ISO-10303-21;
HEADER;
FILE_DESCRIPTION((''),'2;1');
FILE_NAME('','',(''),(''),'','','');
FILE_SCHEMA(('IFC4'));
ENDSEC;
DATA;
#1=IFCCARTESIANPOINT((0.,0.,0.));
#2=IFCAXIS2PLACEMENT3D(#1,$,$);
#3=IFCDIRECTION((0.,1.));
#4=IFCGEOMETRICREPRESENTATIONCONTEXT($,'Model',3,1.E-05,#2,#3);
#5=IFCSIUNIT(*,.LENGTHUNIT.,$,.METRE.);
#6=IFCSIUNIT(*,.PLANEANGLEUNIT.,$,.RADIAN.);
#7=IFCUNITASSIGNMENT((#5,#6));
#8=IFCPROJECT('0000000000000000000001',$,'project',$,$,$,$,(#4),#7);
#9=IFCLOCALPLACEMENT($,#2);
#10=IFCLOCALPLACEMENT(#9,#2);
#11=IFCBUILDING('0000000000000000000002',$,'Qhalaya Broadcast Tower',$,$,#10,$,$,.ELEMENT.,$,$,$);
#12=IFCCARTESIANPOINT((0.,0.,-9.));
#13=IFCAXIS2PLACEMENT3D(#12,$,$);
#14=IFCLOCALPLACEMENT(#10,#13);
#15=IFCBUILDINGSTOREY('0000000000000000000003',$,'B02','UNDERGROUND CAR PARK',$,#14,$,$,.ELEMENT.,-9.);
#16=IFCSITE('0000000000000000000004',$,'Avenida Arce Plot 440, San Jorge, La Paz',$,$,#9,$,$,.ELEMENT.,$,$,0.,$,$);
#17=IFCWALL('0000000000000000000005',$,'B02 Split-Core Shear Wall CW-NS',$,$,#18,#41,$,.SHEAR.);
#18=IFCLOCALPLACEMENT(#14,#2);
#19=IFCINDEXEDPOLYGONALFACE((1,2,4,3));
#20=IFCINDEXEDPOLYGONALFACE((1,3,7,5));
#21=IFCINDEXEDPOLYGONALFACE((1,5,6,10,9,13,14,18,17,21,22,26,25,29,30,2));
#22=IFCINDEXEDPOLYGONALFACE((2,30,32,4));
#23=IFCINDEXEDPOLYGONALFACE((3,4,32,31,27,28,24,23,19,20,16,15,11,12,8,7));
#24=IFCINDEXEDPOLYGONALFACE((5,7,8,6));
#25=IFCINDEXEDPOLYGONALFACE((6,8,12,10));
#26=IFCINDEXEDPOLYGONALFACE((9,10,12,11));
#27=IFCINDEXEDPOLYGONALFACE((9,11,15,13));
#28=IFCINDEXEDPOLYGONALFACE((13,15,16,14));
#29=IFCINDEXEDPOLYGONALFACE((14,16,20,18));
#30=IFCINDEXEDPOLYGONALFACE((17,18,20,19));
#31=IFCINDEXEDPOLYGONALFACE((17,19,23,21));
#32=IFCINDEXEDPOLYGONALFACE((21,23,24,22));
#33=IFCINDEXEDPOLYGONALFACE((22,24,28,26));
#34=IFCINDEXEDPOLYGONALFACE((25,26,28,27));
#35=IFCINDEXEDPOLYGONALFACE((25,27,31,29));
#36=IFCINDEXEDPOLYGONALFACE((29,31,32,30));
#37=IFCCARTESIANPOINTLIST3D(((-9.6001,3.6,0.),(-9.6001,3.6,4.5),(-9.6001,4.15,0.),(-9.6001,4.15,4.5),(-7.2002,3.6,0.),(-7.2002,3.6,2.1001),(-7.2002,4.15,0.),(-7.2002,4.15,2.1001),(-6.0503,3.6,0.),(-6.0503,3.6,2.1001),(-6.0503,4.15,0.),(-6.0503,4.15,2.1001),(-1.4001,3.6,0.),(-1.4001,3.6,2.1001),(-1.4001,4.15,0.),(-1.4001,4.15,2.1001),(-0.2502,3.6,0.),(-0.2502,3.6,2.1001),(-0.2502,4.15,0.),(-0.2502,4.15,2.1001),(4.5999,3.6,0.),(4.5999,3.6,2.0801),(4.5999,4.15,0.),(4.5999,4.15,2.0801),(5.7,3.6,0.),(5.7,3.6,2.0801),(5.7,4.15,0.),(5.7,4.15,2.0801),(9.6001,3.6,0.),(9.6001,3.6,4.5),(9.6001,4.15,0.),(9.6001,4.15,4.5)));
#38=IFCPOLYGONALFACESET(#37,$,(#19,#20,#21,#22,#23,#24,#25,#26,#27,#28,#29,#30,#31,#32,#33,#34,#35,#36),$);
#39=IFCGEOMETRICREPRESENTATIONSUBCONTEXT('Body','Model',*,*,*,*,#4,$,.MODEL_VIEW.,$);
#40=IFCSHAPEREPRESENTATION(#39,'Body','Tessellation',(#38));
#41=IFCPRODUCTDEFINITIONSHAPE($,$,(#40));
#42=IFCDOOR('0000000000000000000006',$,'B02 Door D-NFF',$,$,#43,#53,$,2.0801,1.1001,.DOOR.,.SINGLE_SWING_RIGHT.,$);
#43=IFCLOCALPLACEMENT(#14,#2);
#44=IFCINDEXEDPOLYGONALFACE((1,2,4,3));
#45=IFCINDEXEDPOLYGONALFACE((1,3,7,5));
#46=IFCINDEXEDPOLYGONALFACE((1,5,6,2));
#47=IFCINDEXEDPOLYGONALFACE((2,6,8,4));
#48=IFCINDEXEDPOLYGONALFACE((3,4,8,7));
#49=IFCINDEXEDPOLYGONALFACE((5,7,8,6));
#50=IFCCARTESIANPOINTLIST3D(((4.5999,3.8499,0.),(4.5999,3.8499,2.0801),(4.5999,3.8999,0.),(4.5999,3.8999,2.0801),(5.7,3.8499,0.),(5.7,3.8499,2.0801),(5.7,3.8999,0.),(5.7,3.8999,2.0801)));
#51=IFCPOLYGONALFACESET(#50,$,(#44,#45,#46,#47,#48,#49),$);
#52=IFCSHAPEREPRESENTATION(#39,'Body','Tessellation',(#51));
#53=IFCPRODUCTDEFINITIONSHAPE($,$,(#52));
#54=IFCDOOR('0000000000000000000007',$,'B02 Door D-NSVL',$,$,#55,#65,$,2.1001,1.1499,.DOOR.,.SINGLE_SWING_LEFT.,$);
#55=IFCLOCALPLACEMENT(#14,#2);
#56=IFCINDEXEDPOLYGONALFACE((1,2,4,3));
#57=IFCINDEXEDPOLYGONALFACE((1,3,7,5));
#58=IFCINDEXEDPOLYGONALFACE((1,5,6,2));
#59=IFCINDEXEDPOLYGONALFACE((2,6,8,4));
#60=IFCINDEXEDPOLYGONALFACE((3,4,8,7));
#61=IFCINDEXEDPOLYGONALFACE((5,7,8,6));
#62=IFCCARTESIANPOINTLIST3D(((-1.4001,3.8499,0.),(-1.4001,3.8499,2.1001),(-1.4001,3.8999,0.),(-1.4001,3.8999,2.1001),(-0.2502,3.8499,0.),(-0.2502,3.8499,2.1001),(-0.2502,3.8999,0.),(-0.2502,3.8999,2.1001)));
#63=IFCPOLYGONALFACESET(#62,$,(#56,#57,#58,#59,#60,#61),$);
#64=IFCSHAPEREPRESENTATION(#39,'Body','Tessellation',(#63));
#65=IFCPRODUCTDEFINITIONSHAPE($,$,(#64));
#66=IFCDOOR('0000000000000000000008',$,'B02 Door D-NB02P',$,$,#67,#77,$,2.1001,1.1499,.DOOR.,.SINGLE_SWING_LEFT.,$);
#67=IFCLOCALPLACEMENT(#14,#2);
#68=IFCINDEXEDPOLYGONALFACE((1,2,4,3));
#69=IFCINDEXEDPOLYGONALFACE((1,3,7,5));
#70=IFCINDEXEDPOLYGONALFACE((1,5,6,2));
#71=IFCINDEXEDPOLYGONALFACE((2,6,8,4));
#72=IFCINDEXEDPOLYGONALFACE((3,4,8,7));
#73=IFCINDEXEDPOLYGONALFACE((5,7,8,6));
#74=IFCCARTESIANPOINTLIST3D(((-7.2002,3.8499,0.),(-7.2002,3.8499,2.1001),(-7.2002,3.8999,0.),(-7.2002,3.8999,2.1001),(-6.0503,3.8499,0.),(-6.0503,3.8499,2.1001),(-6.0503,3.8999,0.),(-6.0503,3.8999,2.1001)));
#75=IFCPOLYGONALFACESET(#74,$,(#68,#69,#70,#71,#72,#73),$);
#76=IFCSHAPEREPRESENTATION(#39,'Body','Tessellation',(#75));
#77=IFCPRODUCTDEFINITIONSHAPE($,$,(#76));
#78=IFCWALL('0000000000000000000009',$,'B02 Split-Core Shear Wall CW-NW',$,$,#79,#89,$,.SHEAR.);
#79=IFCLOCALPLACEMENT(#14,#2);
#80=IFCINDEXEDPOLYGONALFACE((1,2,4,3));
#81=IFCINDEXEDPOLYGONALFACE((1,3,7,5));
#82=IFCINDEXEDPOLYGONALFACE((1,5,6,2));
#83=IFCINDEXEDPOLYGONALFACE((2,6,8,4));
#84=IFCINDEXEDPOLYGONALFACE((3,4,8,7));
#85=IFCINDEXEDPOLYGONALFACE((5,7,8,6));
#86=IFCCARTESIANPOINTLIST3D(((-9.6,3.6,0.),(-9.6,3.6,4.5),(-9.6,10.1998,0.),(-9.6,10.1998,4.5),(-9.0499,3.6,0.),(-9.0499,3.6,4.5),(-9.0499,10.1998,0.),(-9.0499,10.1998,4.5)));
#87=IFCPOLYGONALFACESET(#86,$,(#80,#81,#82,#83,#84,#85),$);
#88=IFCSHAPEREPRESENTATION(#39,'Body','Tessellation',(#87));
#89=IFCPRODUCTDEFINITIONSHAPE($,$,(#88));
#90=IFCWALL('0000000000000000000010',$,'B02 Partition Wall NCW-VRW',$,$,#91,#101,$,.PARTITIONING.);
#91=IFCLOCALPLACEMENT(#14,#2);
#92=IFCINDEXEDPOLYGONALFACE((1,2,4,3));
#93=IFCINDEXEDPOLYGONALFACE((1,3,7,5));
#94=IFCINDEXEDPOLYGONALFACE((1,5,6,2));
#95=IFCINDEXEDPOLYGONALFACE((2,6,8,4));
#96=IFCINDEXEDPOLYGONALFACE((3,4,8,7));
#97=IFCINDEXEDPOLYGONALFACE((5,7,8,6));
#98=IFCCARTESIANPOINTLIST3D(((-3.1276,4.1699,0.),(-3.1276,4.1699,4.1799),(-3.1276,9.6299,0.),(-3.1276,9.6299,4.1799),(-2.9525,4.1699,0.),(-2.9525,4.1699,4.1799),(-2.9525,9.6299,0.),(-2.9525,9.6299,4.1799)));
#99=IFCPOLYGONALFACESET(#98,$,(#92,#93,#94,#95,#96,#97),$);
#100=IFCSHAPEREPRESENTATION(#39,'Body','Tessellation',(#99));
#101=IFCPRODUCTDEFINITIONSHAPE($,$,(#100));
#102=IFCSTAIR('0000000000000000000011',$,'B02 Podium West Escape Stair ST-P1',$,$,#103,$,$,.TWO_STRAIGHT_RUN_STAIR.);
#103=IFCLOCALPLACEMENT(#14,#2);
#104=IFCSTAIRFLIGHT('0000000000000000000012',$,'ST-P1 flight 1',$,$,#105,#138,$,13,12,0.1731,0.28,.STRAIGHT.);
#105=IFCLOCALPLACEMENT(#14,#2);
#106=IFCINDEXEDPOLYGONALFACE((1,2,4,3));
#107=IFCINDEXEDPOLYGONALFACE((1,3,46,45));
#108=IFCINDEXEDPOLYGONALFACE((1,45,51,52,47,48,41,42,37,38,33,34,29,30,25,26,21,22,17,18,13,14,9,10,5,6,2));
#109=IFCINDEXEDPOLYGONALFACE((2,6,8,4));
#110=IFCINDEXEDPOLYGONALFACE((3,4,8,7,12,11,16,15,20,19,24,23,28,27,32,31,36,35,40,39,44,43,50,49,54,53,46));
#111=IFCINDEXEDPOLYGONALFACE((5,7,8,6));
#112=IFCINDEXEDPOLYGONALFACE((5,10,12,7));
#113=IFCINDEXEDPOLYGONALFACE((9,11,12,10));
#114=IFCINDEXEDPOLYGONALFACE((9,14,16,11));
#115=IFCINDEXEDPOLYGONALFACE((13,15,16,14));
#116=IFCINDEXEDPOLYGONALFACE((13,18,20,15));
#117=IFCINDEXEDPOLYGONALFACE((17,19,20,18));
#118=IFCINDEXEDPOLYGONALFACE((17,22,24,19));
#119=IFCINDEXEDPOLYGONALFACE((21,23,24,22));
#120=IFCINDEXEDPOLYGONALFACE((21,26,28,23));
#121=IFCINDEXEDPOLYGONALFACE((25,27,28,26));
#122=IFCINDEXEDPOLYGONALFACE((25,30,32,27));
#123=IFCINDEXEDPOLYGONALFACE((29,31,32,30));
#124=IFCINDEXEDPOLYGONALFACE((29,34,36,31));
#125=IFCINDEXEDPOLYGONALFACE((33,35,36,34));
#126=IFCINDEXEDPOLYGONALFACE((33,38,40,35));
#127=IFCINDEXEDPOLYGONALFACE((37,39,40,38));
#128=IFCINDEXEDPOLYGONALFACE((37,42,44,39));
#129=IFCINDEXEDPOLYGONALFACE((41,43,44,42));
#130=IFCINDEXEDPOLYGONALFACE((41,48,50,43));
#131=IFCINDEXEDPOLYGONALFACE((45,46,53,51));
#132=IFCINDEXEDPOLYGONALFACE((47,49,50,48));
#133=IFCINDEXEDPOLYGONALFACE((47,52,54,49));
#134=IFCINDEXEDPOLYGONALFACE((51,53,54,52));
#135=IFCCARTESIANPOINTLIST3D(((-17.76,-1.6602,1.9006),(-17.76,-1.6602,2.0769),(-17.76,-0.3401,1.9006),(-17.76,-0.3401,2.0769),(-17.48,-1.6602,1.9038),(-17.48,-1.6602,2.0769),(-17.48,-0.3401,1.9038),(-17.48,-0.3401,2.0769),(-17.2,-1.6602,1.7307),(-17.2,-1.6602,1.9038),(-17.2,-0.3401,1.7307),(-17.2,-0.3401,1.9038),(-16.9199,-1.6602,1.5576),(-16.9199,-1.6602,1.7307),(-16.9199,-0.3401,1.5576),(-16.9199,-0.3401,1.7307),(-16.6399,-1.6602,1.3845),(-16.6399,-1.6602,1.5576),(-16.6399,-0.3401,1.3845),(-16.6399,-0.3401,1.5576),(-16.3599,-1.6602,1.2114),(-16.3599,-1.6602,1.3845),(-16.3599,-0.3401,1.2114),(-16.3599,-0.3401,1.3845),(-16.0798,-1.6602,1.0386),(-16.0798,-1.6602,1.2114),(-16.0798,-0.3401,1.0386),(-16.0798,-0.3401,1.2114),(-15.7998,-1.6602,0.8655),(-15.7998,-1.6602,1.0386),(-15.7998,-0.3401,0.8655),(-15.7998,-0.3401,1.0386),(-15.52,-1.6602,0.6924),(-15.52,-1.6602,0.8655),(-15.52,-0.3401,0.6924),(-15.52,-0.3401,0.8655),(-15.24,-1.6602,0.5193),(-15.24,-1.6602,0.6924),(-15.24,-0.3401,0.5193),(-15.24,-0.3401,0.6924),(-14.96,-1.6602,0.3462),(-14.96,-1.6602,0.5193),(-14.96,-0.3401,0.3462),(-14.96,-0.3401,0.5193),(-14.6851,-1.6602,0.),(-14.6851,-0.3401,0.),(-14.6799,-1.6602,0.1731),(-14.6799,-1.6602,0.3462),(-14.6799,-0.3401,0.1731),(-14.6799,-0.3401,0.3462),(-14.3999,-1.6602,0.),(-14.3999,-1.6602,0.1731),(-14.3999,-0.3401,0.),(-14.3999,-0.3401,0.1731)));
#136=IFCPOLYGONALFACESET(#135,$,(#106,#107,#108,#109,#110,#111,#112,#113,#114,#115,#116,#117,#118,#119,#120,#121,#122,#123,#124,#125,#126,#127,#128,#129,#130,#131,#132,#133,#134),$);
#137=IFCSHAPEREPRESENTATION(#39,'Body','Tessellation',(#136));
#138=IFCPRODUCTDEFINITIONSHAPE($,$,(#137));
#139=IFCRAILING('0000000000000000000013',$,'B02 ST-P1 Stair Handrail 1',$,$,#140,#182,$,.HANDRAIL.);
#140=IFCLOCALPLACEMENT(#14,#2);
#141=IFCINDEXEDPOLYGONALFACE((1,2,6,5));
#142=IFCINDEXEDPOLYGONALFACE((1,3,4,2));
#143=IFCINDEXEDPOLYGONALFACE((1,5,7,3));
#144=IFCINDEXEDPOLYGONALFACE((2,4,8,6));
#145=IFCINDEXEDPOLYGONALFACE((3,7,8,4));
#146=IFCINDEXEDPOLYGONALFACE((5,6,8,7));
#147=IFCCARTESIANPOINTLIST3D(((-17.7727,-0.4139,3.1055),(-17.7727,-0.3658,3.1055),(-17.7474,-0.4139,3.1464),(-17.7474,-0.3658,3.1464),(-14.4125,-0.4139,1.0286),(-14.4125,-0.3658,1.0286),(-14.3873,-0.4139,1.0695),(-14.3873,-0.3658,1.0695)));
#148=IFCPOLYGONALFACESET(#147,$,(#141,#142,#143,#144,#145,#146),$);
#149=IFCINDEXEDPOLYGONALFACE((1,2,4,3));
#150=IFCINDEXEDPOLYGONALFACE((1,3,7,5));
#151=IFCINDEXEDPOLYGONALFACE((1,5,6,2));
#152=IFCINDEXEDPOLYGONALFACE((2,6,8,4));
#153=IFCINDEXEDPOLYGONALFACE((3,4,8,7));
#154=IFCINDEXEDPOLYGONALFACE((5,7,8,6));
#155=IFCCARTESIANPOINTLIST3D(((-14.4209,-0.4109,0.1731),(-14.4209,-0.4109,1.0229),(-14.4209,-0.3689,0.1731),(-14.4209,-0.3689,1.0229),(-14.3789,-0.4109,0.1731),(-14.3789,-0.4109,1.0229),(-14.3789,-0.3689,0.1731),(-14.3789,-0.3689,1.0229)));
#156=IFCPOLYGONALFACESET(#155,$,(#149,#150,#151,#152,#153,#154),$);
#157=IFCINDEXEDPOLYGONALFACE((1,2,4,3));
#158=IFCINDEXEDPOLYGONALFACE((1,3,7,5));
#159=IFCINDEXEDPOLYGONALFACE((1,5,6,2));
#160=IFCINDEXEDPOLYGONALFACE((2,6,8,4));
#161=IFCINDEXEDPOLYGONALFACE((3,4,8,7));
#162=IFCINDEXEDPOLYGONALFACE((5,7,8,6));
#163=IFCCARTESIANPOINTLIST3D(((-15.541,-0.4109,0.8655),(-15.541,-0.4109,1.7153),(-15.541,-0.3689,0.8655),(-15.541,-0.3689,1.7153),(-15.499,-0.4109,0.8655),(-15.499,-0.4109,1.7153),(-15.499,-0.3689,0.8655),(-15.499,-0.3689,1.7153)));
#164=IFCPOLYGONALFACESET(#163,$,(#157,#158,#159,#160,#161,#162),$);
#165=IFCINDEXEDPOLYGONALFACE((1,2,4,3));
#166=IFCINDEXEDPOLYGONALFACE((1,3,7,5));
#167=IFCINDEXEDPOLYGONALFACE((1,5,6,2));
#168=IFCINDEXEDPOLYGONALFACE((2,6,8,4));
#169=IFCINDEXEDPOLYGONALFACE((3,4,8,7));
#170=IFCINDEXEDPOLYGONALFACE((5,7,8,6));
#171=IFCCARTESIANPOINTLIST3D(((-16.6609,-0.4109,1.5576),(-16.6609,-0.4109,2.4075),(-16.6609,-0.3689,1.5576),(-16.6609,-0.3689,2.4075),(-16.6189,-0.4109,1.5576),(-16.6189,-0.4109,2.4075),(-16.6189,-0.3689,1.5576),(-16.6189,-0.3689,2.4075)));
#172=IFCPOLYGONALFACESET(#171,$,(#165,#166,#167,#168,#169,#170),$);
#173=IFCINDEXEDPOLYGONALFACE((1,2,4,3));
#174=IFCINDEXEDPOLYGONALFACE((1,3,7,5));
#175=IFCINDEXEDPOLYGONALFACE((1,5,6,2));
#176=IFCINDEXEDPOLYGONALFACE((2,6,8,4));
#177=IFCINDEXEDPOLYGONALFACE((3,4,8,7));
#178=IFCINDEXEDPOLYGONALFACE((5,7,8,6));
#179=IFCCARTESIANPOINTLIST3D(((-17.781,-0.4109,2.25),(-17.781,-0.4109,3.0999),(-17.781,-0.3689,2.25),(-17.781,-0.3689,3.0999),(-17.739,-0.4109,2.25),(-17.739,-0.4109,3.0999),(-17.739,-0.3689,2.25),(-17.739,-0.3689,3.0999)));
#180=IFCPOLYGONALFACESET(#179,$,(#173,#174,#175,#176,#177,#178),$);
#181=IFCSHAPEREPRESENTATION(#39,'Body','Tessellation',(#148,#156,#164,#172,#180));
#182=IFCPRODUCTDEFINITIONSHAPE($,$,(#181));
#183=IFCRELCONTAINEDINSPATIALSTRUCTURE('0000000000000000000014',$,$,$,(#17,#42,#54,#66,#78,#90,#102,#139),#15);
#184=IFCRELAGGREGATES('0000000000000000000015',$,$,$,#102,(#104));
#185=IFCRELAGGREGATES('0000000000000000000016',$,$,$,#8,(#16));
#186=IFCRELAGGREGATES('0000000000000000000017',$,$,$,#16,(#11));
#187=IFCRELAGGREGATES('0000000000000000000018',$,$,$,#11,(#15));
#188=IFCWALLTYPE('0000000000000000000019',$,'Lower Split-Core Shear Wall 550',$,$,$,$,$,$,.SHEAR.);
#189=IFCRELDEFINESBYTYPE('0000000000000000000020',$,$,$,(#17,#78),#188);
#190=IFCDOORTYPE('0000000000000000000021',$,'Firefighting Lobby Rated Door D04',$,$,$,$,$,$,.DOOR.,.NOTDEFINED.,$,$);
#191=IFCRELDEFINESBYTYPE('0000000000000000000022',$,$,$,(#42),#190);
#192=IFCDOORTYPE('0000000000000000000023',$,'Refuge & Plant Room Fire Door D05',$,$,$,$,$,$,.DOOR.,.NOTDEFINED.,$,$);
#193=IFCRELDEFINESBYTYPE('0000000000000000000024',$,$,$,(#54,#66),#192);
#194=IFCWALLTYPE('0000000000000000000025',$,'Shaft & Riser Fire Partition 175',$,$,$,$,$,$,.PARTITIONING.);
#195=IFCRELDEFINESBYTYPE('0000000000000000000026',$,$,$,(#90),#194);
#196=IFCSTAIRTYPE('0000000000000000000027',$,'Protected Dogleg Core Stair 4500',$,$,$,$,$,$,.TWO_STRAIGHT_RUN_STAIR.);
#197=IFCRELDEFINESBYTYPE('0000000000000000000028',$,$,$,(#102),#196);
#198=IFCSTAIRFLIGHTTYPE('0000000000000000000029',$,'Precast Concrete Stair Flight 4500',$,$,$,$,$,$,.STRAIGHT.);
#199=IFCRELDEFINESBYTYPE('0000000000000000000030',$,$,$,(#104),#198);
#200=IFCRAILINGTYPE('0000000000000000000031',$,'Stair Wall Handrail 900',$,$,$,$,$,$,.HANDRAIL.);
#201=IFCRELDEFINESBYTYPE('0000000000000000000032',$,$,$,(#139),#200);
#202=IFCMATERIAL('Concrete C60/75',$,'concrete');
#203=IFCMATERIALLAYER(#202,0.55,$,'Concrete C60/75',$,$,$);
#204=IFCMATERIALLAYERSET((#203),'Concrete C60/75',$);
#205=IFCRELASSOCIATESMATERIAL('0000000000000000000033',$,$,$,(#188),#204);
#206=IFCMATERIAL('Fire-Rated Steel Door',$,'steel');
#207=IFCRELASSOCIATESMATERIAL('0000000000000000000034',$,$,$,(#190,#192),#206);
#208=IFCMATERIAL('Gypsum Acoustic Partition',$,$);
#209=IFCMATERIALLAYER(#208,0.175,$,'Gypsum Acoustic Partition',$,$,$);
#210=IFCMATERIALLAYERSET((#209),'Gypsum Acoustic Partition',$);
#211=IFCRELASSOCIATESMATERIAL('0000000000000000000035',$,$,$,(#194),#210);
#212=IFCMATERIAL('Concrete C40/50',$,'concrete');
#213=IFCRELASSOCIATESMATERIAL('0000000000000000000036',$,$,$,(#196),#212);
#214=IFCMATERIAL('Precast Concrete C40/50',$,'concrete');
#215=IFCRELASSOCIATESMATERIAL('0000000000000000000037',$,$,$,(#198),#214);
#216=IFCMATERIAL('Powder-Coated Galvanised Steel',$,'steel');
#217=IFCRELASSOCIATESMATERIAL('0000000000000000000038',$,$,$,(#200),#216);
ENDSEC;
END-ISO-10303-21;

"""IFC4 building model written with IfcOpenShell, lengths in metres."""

from ifc_helpers import new_model, si_unit, direction, frame, frame_2d, origin, origin_2d, place, context, subcontext, project, spatial, polyline, rectangle, outline, extrude, material, layer, layer_set, type_object, element, fill, aggregate, save


model = new_model("IFC4")

# Units and contexts
model_context = context("Model", 3, precision=1e-05, world=origin(), true_north=direction((0.0, 1.0)))
body_context = subcontext(model_context, "Body", "Model", "MODEL_VIEW")
ifc_project = project(units=[si_unit("LENGTHUNIT", "METRE"), si_unit("PLANEANGLEUNIT", "RADIAN")], contexts=[model_context])

# Site, building, storey
site_placement = place(None, origin())
site = spatial("IfcSite", under=ifc_project, at=site_placement, Name="Avenida Arce Plot 440, San Jorge, La Paz", CompositionType="ELEMENT", RefElevation=0.0)
building_placement = place(site_placement, origin())
building = spatial("IfcBuilding", under=site, at=building_placement, Name="Qhalaya Broadcast Tower", CompositionType="ELEMENT")
storey_placement = place(building_placement, frame((0.0, 0.0, -9.0)))
storey = spatial("IfcBuildingStorey", under=building, at=storey_placement, Name="B02", Description="UNDERGROUND CAR PARK", CompositionType="ELEMENT", Elevation=-9.0)

# Shared definitions
ifc_material_1 = material(Name="Concrete C60/75", Category="concrete")

# Shared definitions
ifc_material_2 = material(Name="Gypsum Acoustic Partition")
ifc_material_3 = material(Name="Fire-Rated Steel Door", Category="steel")

# Wall, openings, doors
ifc_layer_1 = layer(ifc_material_1, 0.55, Name="Concrete C60/75")
ifc_layer_set_1 = layer_set([ifc_layer_1], Name="Concrete C60/75")
wall_type_1 = type_object("IfcWallType", Name="Lower Split-Core Shear Wall 550", PredefinedType="SHEAR", material=ifc_layer_set_1)
wall_1_placement = place(storey_placement, frame((-9.6001, 3.875, 0.0), z_axis=(0.0, 0.0, 1.0), x_axis=(1.0, 0.0, 0.0)))
wall_1 = element("IfcWall", 1, at=wall_1_placement, inside=storey, type_object=wall_type_1, Name="B02 Split-Core Shear Wall CW-NS", PredefinedType="SHEAR", context=body_context, shape_type="SweptSolid", body=[
    extrude(rectangle(XDim=19.2002, YDim=0.55, at=frame_2d((9.6001, 0.0))), origin(), (0.0, 0.0, 1.0), 4.5),
])
opening_1_placement = place(wall_1_placement, frame((14.2, 0.0, 0.0)))
opening_1 = element("IfcOpeningElement", 2, at=opening_1_placement, cuts=wall_1, PredefinedType="OPENING", context=body_context, shape_type="SweptSolid", body=[
    extrude(rectangle(XDim=1.1001, YDim=2.0801, at=frame_2d((0.55, 1.04))), frame((0.0, 0.2871, 0.0), z_axis=(0.0, -1.0, 0.0), x_axis=(1.0, 0.0, 0.0)), (0.0, 0.0, 1.0), 0.574),
])
opening_2_placement = place(wall_1_placement, frame((8.2, 0.0, 0.0)))
opening_2 = element("IfcOpeningElement", 3, at=opening_2_placement, cuts=wall_1, PredefinedType="OPENING", context=body_context, shape_type="SweptSolid", body=[
    extrude(rectangle(XDim=1.1499, YDim=2.1001, at=frame_2d((0.575, 1.05))), frame((0.0, 0.2871, 0.0), z_axis=(0.0, -1.0, 0.0), x_axis=(1.0, 0.0, 0.0)), (0.0, 0.0, 1.0), 0.574),
])
opening_3_placement = place(wall_1_placement, frame((2.3999, 0.0, 0.0)))
opening_3 = element("IfcOpeningElement", 4, at=opening_3_placement, cuts=wall_1, PredefinedType="OPENING", context=body_context, shape_type="SweptSolid", body=[
    extrude(rectangle(XDim=1.1499, YDim=2.1001, at=frame_2d((0.575, 1.05))), frame((0.0, 0.2871, 0.0), z_axis=(0.0, -1.0, 0.0), x_axis=(1.0, 0.0, 0.0)), (0.0, 0.0, 1.0), 0.574),
])
door_type_1 = type_object("IfcDoorType", Name="Firefighting Lobby Rated Door D04", OperationType="NOTDEFINED", PredefinedType="DOOR", material=ifc_material_3)
door_1_placement = place(opening_1_placement, origin())
door_1 = element("IfcDoor", 5, at=door_1_placement, inside=storey, type_object=door_type_1, Name="B02 Door D-NFF", OperationType="SINGLE_SWING_RIGHT", OverallHeight=2.0801, OverallWidth=1.1001, PredefinedType="DOOR", context=body_context, shape_type="SweptSolid", body=[
    extrude(rectangle(XDim=1.1001, YDim=2.0801, at=frame_2d((0.55, 1.04))), frame((0.0, 0.0249, 0.0), z_axis=(0.0, -1.0, 0.0), x_axis=(1.0, 0.0, 0.0)), (0.0, 0.0, 1.0), 0.05),
])
fill(opening_1, door_1)
door_type_2 = type_object("IfcDoorType", Name="Refuge & Plant Room Fire Door D05", OperationType="NOTDEFINED", PredefinedType="DOOR", material=ifc_material_3)
door_2_placement = place(opening_2_placement, origin())
door_2 = element("IfcDoor", 6, at=door_2_placement, inside=storey, type_object=door_type_2, Name="B02 Door D-NSVL", OperationType="SINGLE_SWING_LEFT", OverallHeight=2.1001, OverallWidth=1.1499, PredefinedType="DOOR", context=body_context, shape_type="SweptSolid", body=[
    extrude(rectangle(XDim=1.1499, YDim=2.1001, at=frame_2d((0.575, 1.05))), frame((0.0, 0.0249, 0.0), z_axis=(0.0, -1.0, 0.0), x_axis=(1.0, 0.0, 0.0)), (0.0, 0.0, 1.0), 0.05),
])
fill(opening_2, door_2)
door_3_placement = place(opening_3_placement, origin())
door_3 = element("IfcDoor", 7, at=door_3_placement, inside=storey, type_object=door_type_2, Name="B02 Door D-NB02P", OperationType="SINGLE_SWING_LEFT", OverallHeight=2.1001, OverallWidth=1.1499, PredefinedType="DOOR", context=body_context, shape_type="SweptSolid", body=[
    extrude(rectangle(XDim=1.1499, YDim=2.1001, at=frame_2d((0.575, 1.05))), frame((0.0, 0.0249, 0.0), z_axis=(0.0, -1.0, 0.0), x_axis=(1.0, 0.0, 0.0)), (0.0, 0.0, 1.0), 0.05),
])
fill(opening_3, door_3)

# Walls
wall_2_placement = place(storey_placement, frame((-9.325, 3.6001, 0.0), z_axis=(0.0, 0.0, 1.0), x_axis=(0.0, 1.0, 0.0)))
element("IfcWall", 8, at=wall_2_placement, inside=storey, type_object=wall_type_1, Name="B02 Split-Core Shear Wall CW-NW", PredefinedType="SHEAR", context=body_context, shape_type="SweptSolid", body=[
    extrude(rectangle(XDim=6.5999, YDim=0.55, at=frame_2d((3.2998, 0.0))), origin(), (0.0, 0.0, 1.0), 4.5),
])
ifc_layer_2 = layer(ifc_material_2, 0.175, Name="Gypsum Acoustic Partition")
ifc_layer_set_2 = layer_set([ifc_layer_2], Name="Gypsum Acoustic Partition")
wall_type_2 = type_object("IfcWallType", Name="Shaft & Riser Fire Partition 175", PredefinedType="PARTITIONING", material=ifc_layer_set_2)
wall_3_placement = place(storey_placement, frame((-3.04, 4.1699, 0.0), z_axis=(0.0, 0.0, 1.0), x_axis=(0.0, 1.0, 0.0)))
element("IfcWall", 9, at=wall_3_placement, inside=storey, type_object=wall_type_2, Name="B02 Partition Wall NCW-VRW", PredefinedType="PARTITIONING", context=body_context, shape_type="SweptSolid", body=[
    extrude(rectangle(XDim=5.46, YDim=0.175, at=frame_2d((2.73, 0.0))), origin(), (0.0, 0.0, 1.0), 4.1799),
])

# Stair, stair flight
ifc_material_4 = material(Name="Concrete C40/50", Category="concrete")
stair_type = type_object("IfcStairType", Name="Protected Dogleg Core Stair 4500", PredefinedType="TWO_STRAIGHT_RUN_STAIR", material=ifc_material_4)
stair_placement = place(storey_placement, origin())
stair = element("IfcStair", 10, at=stair_placement, inside=storey, type_object=stair_type, Name="B02 Podium West Escape Stair ST-P1", PredefinedType="TWO_STRAIGHT_RUN_STAIR")
ifc_material_5 = material(Name="Precast Concrete C40/50", Category="concrete")
stair_flight_type = type_object("IfcStairFlightType", Name="Precast Concrete Stair Flight 4500", PredefinedType="STRAIGHT", material=ifc_material_5)
stair_flight_placement = place(storey_placement, frame((-14.3999, -1.0, 0.0), z_axis=(0.0, 0.0, 1.0), x_axis=(-1.0, 0.0, 0.0)))
stair_flight = element("IfcStairFlight", 11, at=stair_flight_placement, type_object=stair_flight_type, Name="ST-P1 flight 1", NumberOfRisers=13, NumberOfTreads=12, PredefinedType="STRAIGHT", RiserHeight=0.1731, TreadLength=0.28, context=body_context, shape_type="SweptSolid", body=[
    extrude(outline(polyline([(0.0, 0.0), (0.0, 0.1731), (0.28, 0.1731), (0.28, 0.3462), (0.5601, 0.3462), (0.5601, 0.5193), (0.8401, 0.5193), (0.8401, 0.6924), (1.1201, 0.6924), (1.1201, 0.8655), (1.3999, 0.8655), (1.3999, 1.0386), (1.6799, 1.0386), (1.6799, 1.2114), (1.96, 1.2114), (1.96, 1.3845), (2.24, 1.3845), (2.24, 1.5576), (2.52, 1.5576), (2.52, 1.7307), (2.8, 1.7307), (2.8, 1.9038), (3.0801, 1.9038), (3.0801, 2.0769), (3.3601, 2.0769), (3.3601, 2.25), (3.3601, 1.9006), (0.2852, 0.0), (0.0, 0.0)])), frame((0.0, 0.6602, 0.0), z_axis=(0.0, -1.0, 0.0), x_axis=(1.0, 0.0, 0.0)), (0.0, 0.0, 1.0), 1.3201),
])
aggregate(stair, [stair_flight])

# Railing
ifc_material_6 = material(Name="Powder-Coated Galvanised Steel", Category="steel")
railing_type_1 = type_object("IfcRailingType", Name="Stair Wall Handrail 900", PredefinedType="HANDRAIL", material=ifc_material_6)
railing_1_placement = place(storey_placement, frame((-14.3999, -0.3899, 0.1731)))
element("IfcRailing", 12, at=railing_1_placement, inside=storey, type_object=railing_type_1, Name="B02 ST-P1 Stair Handrail 1", PredefinedType="HANDRAIL", context=body_context, shape_type="SweptSolid", body=[
    extrude(rectangle(XDim=0.0481, YDim=0.0481, at=origin_2d()), frame((0.0, 0.0, 0.876), z_axis=(-0.850623, 0.0, 0.525776), x_axis=(0.0, -1.0, 0.0)), (0.0, 0.0, 1.0), 3.9502),
    extrude(rectangle(XDim=0.042, YDim=0.042, at=origin_2d()), origin(), (0.0, 0.0, 1.0), 0.8499),
    extrude(rectangle(XDim=0.042, YDim=0.042, at=origin_2d()), frame((-1.1201, 0.0, 0.6924)), (0.0, 0.0, 1.0), 0.8499),
    extrude(rectangle(XDim=0.042, YDim=0.042, at=origin_2d()), frame((-2.24, 0.0, 1.3845)), (0.0, 0.0, 1.0), 0.8499),
    extrude(rectangle(XDim=0.042, YDim=0.042, at=origin_2d()), frame((-3.3601, 0.0, 2.0769)), (0.0, 0.0, 1.0), 0.8499),
])

save(model, "model.ifc")
